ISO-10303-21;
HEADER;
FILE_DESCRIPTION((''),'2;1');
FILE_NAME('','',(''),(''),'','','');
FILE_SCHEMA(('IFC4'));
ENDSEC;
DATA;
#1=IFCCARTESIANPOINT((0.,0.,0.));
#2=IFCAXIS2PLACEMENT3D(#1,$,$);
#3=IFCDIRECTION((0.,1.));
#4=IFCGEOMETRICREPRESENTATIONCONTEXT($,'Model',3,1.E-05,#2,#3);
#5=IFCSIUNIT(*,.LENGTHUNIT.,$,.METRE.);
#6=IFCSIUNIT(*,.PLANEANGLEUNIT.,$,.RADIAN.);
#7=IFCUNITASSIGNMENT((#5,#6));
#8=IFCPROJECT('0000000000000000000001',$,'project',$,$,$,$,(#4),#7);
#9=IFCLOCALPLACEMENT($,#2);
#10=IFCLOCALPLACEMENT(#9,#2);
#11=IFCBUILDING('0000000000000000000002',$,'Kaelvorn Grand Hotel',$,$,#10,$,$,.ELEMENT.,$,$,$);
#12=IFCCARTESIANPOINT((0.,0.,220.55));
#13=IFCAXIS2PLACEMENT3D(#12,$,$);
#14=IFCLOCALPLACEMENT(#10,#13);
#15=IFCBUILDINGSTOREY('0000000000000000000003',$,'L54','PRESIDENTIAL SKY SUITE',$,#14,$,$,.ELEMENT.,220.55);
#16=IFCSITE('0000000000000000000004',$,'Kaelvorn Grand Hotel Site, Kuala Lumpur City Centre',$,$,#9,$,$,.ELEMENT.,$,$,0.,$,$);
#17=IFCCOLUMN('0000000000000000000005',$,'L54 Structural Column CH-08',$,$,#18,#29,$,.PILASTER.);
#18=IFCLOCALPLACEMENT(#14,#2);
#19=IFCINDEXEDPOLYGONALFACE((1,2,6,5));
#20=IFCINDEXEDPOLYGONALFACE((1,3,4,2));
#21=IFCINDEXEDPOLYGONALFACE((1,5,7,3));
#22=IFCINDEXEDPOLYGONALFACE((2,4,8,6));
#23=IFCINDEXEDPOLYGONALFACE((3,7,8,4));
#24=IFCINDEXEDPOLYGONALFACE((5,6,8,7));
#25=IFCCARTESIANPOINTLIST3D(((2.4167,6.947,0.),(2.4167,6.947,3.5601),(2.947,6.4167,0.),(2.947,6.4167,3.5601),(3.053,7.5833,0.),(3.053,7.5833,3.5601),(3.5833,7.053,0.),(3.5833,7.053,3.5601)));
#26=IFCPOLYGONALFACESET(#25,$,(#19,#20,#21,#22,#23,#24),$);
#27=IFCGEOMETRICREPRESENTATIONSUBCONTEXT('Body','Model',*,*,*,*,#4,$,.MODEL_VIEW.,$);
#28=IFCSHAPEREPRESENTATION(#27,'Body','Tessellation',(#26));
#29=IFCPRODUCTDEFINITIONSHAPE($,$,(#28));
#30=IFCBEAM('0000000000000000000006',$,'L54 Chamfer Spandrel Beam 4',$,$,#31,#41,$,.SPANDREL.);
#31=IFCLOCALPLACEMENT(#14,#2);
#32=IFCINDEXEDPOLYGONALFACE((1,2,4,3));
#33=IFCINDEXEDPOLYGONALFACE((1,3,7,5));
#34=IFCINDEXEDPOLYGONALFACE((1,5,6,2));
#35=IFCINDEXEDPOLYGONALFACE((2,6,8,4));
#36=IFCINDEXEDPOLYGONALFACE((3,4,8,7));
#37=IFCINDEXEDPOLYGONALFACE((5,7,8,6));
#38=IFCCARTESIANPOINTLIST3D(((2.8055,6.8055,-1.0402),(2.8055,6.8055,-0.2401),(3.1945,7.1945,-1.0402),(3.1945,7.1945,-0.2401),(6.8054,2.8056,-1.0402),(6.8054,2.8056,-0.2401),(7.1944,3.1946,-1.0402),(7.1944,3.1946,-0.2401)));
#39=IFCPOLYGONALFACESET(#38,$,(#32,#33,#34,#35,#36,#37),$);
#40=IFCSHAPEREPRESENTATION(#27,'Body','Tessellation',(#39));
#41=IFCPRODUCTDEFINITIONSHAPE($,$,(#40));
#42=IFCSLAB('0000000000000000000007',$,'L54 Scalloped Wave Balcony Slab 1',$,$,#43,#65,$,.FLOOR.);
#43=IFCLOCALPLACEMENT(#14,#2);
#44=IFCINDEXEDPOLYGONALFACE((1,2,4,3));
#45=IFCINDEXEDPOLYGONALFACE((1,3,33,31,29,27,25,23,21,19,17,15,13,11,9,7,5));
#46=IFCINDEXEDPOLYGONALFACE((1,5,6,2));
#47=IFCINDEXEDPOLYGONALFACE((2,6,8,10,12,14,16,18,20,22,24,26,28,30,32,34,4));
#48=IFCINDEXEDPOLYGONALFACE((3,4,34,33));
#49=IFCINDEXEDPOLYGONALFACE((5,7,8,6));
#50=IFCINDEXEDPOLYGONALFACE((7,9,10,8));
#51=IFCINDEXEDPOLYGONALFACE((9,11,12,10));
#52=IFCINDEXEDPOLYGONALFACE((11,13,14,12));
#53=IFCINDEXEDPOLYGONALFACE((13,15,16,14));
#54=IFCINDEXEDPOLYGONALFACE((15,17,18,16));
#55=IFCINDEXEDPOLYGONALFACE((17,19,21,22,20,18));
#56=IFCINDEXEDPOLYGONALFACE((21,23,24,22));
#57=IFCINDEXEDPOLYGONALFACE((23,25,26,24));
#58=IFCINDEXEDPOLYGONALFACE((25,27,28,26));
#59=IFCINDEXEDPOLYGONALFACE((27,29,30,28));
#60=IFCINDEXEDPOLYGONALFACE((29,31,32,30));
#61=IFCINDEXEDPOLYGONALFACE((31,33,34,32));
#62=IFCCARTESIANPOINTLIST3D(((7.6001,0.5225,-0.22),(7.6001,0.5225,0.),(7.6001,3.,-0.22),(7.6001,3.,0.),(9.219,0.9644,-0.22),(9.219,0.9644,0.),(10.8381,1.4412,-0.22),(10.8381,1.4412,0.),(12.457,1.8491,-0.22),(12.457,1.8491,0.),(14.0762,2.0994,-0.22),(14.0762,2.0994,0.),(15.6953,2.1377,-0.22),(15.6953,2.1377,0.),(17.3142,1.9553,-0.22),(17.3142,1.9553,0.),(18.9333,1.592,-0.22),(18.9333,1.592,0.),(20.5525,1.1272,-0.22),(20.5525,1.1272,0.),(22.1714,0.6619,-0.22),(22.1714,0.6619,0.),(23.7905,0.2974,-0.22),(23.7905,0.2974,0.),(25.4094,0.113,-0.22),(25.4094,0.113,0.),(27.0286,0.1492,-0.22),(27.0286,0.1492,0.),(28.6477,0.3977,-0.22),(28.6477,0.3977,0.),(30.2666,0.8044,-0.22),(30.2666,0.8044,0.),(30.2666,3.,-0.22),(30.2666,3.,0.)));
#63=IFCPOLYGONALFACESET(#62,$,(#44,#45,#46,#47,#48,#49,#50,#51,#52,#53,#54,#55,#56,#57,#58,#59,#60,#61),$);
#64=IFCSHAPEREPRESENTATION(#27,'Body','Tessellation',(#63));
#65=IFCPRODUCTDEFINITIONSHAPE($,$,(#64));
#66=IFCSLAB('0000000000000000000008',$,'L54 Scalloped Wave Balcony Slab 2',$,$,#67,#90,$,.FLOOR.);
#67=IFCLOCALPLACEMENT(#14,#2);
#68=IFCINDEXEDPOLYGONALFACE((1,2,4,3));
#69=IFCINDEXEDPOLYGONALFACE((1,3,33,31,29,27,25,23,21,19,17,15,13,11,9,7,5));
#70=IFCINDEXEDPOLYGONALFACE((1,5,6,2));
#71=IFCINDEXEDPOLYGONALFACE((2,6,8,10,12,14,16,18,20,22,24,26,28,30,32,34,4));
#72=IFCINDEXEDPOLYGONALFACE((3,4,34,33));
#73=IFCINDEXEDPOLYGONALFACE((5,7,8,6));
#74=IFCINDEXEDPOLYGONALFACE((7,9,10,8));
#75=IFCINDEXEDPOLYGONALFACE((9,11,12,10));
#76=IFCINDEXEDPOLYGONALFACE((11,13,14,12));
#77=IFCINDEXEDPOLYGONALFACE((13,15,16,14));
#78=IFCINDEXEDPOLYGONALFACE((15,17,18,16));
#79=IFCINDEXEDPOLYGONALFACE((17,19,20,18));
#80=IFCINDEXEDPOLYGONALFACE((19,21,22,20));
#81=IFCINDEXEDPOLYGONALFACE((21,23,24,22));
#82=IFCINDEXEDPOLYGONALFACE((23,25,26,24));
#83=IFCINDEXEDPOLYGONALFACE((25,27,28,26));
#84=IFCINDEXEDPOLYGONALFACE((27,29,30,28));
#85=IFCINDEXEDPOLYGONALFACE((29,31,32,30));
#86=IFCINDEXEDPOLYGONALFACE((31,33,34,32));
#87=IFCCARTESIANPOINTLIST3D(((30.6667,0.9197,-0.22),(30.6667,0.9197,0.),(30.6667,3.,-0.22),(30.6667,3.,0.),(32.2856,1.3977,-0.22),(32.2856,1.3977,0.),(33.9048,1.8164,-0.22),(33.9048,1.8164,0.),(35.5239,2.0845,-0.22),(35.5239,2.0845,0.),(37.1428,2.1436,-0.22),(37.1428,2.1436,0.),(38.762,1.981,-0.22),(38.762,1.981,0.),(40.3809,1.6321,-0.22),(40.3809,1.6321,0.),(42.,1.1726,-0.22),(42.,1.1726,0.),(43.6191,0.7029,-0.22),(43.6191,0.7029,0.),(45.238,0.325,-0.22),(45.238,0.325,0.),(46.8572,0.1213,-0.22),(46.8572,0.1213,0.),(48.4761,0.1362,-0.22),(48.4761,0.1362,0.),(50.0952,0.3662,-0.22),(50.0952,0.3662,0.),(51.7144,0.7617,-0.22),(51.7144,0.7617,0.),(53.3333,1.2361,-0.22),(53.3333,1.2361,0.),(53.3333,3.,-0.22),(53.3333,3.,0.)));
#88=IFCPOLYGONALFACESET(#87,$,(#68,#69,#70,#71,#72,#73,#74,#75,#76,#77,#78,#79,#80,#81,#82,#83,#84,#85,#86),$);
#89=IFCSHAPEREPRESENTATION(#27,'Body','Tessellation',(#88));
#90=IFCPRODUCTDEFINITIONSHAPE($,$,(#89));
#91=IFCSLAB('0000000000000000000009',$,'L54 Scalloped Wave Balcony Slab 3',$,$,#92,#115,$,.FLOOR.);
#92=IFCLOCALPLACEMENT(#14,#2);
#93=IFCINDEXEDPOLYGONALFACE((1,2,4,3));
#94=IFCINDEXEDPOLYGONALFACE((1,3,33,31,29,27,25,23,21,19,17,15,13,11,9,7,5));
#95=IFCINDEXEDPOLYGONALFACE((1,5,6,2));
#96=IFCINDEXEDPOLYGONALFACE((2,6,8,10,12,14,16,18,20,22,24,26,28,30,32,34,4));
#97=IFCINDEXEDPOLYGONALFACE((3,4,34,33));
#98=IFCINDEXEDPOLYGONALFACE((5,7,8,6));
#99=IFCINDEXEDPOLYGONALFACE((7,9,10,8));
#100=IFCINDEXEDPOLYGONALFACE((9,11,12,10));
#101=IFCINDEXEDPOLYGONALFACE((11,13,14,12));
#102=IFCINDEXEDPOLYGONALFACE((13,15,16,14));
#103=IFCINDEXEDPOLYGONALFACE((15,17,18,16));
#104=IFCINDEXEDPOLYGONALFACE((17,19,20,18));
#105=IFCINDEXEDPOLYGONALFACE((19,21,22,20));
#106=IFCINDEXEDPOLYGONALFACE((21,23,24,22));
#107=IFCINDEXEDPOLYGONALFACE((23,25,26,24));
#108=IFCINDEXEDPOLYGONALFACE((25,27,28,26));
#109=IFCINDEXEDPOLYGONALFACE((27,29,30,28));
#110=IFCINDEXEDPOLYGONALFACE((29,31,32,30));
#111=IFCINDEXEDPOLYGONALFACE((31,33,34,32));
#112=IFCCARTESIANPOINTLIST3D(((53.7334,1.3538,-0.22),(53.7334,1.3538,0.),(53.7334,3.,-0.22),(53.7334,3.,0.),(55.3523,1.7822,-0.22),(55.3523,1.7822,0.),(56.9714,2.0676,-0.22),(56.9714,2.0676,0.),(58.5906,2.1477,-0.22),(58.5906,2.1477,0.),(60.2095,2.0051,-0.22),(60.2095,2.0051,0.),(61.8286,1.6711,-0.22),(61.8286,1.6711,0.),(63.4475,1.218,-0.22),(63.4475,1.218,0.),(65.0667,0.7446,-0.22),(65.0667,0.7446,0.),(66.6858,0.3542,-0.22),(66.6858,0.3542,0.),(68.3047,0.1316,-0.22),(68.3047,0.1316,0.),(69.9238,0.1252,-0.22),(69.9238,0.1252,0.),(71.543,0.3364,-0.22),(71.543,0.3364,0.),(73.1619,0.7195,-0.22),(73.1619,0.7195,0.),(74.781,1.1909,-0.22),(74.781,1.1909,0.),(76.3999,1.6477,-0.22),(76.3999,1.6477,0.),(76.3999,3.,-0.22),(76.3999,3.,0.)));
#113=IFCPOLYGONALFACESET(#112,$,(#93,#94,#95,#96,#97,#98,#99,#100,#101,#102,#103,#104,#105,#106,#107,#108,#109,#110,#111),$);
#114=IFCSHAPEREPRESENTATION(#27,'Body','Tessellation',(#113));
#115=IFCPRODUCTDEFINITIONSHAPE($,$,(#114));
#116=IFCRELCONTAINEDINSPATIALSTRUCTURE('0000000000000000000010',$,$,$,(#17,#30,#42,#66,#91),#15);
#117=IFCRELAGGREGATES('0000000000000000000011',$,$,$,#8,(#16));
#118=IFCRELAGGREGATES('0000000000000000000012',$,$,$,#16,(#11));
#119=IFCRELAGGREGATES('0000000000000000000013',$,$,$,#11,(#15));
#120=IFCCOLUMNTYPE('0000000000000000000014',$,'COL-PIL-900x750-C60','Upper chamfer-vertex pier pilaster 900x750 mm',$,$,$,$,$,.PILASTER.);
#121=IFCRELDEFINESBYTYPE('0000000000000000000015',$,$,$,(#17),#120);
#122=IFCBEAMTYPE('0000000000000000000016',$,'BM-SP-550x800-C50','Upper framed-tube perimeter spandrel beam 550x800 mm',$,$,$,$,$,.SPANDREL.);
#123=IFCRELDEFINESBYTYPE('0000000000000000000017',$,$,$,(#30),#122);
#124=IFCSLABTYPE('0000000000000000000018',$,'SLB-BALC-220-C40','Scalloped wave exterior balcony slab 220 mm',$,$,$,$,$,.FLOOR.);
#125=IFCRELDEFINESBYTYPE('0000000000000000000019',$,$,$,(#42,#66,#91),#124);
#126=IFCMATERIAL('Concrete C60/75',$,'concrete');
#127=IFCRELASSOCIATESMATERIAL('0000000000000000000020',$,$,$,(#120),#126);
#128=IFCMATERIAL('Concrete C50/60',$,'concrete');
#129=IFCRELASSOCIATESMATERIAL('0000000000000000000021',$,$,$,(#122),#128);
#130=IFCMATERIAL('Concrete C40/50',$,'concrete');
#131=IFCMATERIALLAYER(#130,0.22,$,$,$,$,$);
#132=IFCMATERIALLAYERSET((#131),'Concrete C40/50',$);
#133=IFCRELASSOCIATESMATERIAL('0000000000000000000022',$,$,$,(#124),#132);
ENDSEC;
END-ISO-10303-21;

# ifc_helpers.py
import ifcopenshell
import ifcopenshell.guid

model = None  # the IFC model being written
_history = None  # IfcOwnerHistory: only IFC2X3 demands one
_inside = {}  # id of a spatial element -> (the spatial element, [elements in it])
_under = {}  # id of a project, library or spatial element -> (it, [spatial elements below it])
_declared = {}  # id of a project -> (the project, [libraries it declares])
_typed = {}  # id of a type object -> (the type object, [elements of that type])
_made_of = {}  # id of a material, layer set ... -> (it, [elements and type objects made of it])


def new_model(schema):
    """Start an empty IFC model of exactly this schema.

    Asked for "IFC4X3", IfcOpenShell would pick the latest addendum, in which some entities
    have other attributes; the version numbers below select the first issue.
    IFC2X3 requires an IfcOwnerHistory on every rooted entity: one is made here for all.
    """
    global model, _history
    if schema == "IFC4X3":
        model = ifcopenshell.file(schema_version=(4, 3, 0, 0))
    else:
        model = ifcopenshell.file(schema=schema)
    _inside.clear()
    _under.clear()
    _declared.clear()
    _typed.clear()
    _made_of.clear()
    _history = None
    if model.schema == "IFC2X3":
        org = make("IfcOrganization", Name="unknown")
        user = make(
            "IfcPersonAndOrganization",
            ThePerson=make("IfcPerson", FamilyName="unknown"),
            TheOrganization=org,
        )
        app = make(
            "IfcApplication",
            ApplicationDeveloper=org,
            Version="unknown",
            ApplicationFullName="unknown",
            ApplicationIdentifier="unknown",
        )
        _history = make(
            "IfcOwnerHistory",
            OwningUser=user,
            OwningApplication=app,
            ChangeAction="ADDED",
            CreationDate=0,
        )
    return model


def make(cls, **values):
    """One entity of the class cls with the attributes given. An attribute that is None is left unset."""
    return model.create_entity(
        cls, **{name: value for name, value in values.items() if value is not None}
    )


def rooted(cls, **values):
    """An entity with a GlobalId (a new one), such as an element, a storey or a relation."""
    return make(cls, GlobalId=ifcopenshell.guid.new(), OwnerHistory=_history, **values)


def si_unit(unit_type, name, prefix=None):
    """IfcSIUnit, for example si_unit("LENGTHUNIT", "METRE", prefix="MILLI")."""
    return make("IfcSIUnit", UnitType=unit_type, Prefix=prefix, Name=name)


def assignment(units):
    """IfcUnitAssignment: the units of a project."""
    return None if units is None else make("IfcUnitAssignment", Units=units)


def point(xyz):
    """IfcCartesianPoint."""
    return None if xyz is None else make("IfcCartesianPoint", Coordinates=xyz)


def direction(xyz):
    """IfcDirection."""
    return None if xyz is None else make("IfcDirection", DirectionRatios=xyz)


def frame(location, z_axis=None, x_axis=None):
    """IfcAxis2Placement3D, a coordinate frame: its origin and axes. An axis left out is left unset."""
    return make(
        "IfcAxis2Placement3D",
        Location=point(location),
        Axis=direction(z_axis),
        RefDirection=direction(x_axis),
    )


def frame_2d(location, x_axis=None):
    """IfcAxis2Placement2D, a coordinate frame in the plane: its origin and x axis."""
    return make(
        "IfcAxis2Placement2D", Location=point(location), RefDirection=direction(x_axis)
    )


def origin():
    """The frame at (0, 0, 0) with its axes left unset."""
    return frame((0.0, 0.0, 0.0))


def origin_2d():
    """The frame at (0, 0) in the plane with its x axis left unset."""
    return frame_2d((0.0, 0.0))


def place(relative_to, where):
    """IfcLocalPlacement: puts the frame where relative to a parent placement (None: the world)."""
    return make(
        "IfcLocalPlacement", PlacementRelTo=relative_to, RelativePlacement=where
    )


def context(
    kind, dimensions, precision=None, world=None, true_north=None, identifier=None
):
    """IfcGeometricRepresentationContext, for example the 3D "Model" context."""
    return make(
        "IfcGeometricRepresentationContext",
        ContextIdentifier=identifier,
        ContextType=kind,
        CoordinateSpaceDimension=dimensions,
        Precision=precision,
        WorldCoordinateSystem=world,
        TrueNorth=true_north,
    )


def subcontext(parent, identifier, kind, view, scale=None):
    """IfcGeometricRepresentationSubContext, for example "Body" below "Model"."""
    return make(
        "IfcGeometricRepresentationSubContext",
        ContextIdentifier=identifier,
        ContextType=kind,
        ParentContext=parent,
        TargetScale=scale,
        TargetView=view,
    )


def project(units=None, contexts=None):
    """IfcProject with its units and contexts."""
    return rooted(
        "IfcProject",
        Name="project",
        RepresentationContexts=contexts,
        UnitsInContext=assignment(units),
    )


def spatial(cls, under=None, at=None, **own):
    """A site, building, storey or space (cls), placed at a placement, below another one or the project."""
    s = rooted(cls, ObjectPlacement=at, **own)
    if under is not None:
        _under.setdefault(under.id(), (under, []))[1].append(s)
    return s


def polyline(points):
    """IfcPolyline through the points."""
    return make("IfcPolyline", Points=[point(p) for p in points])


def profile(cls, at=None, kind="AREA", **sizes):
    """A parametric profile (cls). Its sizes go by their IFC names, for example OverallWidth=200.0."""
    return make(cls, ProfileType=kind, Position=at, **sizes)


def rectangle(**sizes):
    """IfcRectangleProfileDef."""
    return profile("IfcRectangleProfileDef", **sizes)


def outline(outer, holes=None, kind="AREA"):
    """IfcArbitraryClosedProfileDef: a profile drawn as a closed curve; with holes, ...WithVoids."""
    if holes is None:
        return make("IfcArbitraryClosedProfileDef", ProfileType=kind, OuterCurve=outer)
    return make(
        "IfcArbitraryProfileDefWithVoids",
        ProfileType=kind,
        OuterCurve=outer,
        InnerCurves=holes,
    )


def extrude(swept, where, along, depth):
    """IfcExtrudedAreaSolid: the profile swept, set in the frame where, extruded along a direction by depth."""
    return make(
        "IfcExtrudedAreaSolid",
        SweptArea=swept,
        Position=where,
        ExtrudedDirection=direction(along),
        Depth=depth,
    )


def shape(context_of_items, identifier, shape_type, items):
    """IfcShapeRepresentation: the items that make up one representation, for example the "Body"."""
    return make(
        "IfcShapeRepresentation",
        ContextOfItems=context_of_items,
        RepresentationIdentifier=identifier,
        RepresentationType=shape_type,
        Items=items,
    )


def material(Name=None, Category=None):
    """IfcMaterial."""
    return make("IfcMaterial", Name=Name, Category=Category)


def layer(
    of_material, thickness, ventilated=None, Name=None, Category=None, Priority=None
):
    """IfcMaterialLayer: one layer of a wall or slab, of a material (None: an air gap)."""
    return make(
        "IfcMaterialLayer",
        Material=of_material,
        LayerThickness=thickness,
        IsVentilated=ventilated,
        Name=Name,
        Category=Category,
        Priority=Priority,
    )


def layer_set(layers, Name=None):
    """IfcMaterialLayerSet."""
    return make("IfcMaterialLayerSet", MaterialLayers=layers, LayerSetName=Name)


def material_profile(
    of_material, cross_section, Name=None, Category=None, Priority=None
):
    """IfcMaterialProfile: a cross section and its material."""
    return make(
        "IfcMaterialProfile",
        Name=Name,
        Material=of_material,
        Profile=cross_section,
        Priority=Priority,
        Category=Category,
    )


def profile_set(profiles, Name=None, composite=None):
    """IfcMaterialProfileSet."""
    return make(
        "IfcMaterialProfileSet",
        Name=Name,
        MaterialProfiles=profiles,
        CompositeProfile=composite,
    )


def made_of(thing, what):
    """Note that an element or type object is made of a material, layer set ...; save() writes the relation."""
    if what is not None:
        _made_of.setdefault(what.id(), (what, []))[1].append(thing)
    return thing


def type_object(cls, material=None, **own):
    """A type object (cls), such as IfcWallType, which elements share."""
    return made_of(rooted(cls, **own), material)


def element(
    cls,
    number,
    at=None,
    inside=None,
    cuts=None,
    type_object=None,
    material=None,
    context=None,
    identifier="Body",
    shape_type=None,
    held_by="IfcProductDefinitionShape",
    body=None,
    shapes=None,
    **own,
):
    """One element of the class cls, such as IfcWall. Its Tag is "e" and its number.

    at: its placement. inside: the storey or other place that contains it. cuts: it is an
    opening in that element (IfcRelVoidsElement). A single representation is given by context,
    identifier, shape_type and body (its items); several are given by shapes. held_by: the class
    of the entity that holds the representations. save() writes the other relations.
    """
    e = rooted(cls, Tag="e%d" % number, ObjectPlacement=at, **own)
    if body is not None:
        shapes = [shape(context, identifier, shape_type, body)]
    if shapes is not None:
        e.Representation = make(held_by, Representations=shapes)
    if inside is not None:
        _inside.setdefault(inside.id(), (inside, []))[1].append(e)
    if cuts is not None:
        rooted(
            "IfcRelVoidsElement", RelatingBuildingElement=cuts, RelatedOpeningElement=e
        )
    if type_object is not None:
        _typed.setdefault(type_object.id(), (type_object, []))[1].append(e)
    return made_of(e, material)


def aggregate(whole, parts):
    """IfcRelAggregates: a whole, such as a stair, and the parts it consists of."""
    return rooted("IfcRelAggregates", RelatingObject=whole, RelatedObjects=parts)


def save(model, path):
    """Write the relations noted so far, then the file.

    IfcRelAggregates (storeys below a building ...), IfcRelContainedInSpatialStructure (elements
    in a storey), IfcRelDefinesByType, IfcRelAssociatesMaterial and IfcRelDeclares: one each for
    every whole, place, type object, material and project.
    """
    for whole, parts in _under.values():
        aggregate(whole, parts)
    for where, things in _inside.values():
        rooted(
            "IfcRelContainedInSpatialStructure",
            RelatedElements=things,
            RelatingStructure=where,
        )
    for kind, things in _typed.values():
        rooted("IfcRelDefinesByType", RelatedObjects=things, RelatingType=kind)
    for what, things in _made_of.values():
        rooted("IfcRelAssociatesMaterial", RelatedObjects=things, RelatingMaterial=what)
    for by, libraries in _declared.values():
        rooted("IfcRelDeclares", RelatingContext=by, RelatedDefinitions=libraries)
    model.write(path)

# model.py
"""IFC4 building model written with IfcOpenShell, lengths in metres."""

from ifc_helpers import new_model, si_unit, direction, frame, origin, origin_2d, place, context, subcontext, project, spatial, polyline, rectangle, outline, extrude, material, layer, layer_set, material_profile, profile_set, type_object, element, save


model = new_model("IFC4")

# Units and contexts
model_context = context("Model", 3, precision=1e-05, world=origin(), true_north=direction((0.0, 1.0)))
body_context = subcontext(model_context, "Body", "Model", "MODEL_VIEW")
ifc_project = project(units=[si_unit("LENGTHUNIT", "METRE"), si_unit("PLANEANGLEUNIT", "RADIAN")], contexts=[model_context])

# Site, building, storey
site_placement = place(None, origin())
site = spatial("IfcSite", under=ifc_project, at=site_placement, Name="Kaelvorn Grand Hotel Site, Kuala Lumpur City Centre", CompositionType="ELEMENT", RefElevation=0.0)
building_placement = place(site_placement, origin())
building = spatial("IfcBuilding", under=site, at=building_placement, Name="Kaelvorn Grand Hotel", CompositionType="ELEMENT")
storey_placement = place(building_placement, frame((0.0, 0.0, 220.55)))
storey = spatial("IfcBuildingStorey", under=building, at=storey_placement, Name="L54", Description="PRESIDENTIAL SKY SUITE", CompositionType="ELEMENT", Elevation=220.55)

# Column
ifc_material_1 = material(Name="Concrete C60/75", Category="concrete")
ifc_material_profile_1 = material_profile(ifc_material_1, rectangle(XDim=0.8999, YDim=0.75, at=origin_2d()), Name="RC PILASTER 900x750")
ifc_profile_set_1 = profile_set([ifc_material_profile_1], Name="Concrete C60/75")
column_type = type_object("IfcColumnType", Name="COL-PIL-900x750-C60", Description="Upper chamfer-vertex pier pilaster 900x750 mm", PredefinedType="PILASTER", material=ifc_profile_set_1)
column_placement = place(storey_placement, frame((3.0, 7.0, 0.0), z_axis=(0.0, 0.0, 1.0), x_axis=(0.707107, 0.707107, 0.0)))
element("IfcColumn", 1, at=column_placement, inside=storey, type_object=column_type, Name="L54 Structural Column CH-08", PredefinedType="PILASTER", context=body_context, shape_type="SweptSolid", body=[
    extrude(rectangle(XDim=0.8999, YDim=0.75, at=origin_2d()), origin(), (0.0, 0.0, 1.0), 3.5601),
])

# Beam
ifc_material_2 = material(Name="Concrete C50/60", Category="concrete")
ifc_material_profile_2 = material_profile(ifc_material_2, rectangle(XDim=0.55, YDim=0.8, at=origin_2d()), Name="RC SPANDREL 550x800")
ifc_profile_set_2 = profile_set([ifc_material_profile_2], Name="Concrete C50/60")
beam_type = type_object("IfcBeamType", Name="BM-SP-550x800-C50", Description="Upper framed-tube perimeter spandrel beam 550x800 mm", PredefinedType="SPANDREL", material=ifc_profile_set_2)
beam_placement = place(storey_placement, frame((3.0, 7.0, -0.6401), z_axis=(0.707107, -0.707107, 0.0), x_axis=(0.707107, 0.707107, 0.0)))
element("IfcBeam", 2, at=beam_placement, inside=storey, type_object=beam_type, Name="L54 Chamfer Spandrel Beam 4", PredefinedType="SPANDREL", context=body_context, shape_type="SweptSolid", body=[
    extrude(rectangle(XDim=0.55, YDim=0.8, at=origin_2d()), origin(), (0.0, 0.0, 1.0), 5.6567),
])

# Slabs
ifc_material_3 = material(Name="Concrete C40/50", Category="concrete")
ifc_layer_1 = layer(ifc_material_3, 0.22)
ifc_layer_set_1 = layer_set([ifc_layer_1], Name="Concrete C40/50")
slab_type_1 = type_object("IfcSlabType", Name="SLB-BALC-220-C40", Description="Scalloped wave exterior balcony slab 220 mm", PredefinedType="FLOOR", material=ifc_layer_set_1)
slab_1_placement = place(storey_placement, frame((0.0, 0.0, -0.22)))
element("IfcSlab", 3, at=slab_1_placement, inside=storey, type_object=slab_type_1, Name="L54 Scalloped Wave Balcony Slab 1", PredefinedType="FLOOR", context=body_context, shape_type="SweptSolid", body=[
    extrude(outline(polyline([(7.6001, 0.5225), (9.219, 0.9644), (10.8381, 1.4412), (12.457, 1.8491), (14.0762, 2.0994), (15.6953, 2.1377), (17.3142, 1.9553), (18.9333, 1.592), (20.5525, 1.1272), (22.1714, 0.6619), (23.7905, 0.2974), (25.4094, 0.113), (27.0286, 0.1492), (28.6477, 0.3977), (30.2666, 0.8044), (30.2666, 3.0), (7.6001, 3.0), (7.6001, 0.5225)])), origin(), (0.0, 0.0, 1.0), 0.22),
])
slab_2_placement = place(storey_placement, frame((0.0, 0.0, -0.22)))
element("IfcSlab", 4, at=slab_2_placement, inside=storey, type_object=slab_type_1, Name="L54 Scalloped Wave Balcony Slab 2", PredefinedType="FLOOR", context=body_context, shape_type="SweptSolid", body=[
    extrude(outline(polyline([(30.6667, 0.9197), (32.2856, 1.3977), (33.9048, 1.8164), (35.5239, 2.0845), (37.1428, 2.1436), (38.762, 1.981), (40.3809, 1.6321), (42.0, 1.1726), (43.6191, 0.7029), (45.238, 0.325), (46.8572, 0.1213), (48.4761, 0.1362), (50.0952, 0.3662), (51.7144, 0.7617), (53.3333, 1.2361), (53.3333, 3.0), (30.6667, 3.0), (30.6667, 0.9197)])), origin(), (0.0, 0.0, 1.0), 0.22),
])
slab_3_placement = place(storey_placement, frame((0.0, 0.0, -0.22)))
element("IfcSlab", 5, at=slab_3_placement, inside=storey, type_object=slab_type_1, Name="L54 Scalloped Wave Balcony Slab 3", PredefinedType="FLOOR", context=body_context, shape_type="SweptSolid", body=[
    extrude(outline(polyline([(53.7334, 1.3538), (55.3523, 1.7822), (56.9714, 2.0676), (58.5906, 2.1477), (60.2095, 2.0051), (61.8286, 1.6711), (63.4475, 1.218), (65.0667, 0.7446), (66.6858, 0.3542), (68.3047, 0.1316), (69.9238, 0.1252), (71.543, 0.3364), (73.1619, 0.7195), (74.781, 1.1909), (76.3999, 1.6477), (76.3999, 3.0), (53.7334, 3.0), (53.7334, 1.3538)])), origin(), (0.0, 0.0, 1.0), 0.22),
])

save(model, "model.ifc")
